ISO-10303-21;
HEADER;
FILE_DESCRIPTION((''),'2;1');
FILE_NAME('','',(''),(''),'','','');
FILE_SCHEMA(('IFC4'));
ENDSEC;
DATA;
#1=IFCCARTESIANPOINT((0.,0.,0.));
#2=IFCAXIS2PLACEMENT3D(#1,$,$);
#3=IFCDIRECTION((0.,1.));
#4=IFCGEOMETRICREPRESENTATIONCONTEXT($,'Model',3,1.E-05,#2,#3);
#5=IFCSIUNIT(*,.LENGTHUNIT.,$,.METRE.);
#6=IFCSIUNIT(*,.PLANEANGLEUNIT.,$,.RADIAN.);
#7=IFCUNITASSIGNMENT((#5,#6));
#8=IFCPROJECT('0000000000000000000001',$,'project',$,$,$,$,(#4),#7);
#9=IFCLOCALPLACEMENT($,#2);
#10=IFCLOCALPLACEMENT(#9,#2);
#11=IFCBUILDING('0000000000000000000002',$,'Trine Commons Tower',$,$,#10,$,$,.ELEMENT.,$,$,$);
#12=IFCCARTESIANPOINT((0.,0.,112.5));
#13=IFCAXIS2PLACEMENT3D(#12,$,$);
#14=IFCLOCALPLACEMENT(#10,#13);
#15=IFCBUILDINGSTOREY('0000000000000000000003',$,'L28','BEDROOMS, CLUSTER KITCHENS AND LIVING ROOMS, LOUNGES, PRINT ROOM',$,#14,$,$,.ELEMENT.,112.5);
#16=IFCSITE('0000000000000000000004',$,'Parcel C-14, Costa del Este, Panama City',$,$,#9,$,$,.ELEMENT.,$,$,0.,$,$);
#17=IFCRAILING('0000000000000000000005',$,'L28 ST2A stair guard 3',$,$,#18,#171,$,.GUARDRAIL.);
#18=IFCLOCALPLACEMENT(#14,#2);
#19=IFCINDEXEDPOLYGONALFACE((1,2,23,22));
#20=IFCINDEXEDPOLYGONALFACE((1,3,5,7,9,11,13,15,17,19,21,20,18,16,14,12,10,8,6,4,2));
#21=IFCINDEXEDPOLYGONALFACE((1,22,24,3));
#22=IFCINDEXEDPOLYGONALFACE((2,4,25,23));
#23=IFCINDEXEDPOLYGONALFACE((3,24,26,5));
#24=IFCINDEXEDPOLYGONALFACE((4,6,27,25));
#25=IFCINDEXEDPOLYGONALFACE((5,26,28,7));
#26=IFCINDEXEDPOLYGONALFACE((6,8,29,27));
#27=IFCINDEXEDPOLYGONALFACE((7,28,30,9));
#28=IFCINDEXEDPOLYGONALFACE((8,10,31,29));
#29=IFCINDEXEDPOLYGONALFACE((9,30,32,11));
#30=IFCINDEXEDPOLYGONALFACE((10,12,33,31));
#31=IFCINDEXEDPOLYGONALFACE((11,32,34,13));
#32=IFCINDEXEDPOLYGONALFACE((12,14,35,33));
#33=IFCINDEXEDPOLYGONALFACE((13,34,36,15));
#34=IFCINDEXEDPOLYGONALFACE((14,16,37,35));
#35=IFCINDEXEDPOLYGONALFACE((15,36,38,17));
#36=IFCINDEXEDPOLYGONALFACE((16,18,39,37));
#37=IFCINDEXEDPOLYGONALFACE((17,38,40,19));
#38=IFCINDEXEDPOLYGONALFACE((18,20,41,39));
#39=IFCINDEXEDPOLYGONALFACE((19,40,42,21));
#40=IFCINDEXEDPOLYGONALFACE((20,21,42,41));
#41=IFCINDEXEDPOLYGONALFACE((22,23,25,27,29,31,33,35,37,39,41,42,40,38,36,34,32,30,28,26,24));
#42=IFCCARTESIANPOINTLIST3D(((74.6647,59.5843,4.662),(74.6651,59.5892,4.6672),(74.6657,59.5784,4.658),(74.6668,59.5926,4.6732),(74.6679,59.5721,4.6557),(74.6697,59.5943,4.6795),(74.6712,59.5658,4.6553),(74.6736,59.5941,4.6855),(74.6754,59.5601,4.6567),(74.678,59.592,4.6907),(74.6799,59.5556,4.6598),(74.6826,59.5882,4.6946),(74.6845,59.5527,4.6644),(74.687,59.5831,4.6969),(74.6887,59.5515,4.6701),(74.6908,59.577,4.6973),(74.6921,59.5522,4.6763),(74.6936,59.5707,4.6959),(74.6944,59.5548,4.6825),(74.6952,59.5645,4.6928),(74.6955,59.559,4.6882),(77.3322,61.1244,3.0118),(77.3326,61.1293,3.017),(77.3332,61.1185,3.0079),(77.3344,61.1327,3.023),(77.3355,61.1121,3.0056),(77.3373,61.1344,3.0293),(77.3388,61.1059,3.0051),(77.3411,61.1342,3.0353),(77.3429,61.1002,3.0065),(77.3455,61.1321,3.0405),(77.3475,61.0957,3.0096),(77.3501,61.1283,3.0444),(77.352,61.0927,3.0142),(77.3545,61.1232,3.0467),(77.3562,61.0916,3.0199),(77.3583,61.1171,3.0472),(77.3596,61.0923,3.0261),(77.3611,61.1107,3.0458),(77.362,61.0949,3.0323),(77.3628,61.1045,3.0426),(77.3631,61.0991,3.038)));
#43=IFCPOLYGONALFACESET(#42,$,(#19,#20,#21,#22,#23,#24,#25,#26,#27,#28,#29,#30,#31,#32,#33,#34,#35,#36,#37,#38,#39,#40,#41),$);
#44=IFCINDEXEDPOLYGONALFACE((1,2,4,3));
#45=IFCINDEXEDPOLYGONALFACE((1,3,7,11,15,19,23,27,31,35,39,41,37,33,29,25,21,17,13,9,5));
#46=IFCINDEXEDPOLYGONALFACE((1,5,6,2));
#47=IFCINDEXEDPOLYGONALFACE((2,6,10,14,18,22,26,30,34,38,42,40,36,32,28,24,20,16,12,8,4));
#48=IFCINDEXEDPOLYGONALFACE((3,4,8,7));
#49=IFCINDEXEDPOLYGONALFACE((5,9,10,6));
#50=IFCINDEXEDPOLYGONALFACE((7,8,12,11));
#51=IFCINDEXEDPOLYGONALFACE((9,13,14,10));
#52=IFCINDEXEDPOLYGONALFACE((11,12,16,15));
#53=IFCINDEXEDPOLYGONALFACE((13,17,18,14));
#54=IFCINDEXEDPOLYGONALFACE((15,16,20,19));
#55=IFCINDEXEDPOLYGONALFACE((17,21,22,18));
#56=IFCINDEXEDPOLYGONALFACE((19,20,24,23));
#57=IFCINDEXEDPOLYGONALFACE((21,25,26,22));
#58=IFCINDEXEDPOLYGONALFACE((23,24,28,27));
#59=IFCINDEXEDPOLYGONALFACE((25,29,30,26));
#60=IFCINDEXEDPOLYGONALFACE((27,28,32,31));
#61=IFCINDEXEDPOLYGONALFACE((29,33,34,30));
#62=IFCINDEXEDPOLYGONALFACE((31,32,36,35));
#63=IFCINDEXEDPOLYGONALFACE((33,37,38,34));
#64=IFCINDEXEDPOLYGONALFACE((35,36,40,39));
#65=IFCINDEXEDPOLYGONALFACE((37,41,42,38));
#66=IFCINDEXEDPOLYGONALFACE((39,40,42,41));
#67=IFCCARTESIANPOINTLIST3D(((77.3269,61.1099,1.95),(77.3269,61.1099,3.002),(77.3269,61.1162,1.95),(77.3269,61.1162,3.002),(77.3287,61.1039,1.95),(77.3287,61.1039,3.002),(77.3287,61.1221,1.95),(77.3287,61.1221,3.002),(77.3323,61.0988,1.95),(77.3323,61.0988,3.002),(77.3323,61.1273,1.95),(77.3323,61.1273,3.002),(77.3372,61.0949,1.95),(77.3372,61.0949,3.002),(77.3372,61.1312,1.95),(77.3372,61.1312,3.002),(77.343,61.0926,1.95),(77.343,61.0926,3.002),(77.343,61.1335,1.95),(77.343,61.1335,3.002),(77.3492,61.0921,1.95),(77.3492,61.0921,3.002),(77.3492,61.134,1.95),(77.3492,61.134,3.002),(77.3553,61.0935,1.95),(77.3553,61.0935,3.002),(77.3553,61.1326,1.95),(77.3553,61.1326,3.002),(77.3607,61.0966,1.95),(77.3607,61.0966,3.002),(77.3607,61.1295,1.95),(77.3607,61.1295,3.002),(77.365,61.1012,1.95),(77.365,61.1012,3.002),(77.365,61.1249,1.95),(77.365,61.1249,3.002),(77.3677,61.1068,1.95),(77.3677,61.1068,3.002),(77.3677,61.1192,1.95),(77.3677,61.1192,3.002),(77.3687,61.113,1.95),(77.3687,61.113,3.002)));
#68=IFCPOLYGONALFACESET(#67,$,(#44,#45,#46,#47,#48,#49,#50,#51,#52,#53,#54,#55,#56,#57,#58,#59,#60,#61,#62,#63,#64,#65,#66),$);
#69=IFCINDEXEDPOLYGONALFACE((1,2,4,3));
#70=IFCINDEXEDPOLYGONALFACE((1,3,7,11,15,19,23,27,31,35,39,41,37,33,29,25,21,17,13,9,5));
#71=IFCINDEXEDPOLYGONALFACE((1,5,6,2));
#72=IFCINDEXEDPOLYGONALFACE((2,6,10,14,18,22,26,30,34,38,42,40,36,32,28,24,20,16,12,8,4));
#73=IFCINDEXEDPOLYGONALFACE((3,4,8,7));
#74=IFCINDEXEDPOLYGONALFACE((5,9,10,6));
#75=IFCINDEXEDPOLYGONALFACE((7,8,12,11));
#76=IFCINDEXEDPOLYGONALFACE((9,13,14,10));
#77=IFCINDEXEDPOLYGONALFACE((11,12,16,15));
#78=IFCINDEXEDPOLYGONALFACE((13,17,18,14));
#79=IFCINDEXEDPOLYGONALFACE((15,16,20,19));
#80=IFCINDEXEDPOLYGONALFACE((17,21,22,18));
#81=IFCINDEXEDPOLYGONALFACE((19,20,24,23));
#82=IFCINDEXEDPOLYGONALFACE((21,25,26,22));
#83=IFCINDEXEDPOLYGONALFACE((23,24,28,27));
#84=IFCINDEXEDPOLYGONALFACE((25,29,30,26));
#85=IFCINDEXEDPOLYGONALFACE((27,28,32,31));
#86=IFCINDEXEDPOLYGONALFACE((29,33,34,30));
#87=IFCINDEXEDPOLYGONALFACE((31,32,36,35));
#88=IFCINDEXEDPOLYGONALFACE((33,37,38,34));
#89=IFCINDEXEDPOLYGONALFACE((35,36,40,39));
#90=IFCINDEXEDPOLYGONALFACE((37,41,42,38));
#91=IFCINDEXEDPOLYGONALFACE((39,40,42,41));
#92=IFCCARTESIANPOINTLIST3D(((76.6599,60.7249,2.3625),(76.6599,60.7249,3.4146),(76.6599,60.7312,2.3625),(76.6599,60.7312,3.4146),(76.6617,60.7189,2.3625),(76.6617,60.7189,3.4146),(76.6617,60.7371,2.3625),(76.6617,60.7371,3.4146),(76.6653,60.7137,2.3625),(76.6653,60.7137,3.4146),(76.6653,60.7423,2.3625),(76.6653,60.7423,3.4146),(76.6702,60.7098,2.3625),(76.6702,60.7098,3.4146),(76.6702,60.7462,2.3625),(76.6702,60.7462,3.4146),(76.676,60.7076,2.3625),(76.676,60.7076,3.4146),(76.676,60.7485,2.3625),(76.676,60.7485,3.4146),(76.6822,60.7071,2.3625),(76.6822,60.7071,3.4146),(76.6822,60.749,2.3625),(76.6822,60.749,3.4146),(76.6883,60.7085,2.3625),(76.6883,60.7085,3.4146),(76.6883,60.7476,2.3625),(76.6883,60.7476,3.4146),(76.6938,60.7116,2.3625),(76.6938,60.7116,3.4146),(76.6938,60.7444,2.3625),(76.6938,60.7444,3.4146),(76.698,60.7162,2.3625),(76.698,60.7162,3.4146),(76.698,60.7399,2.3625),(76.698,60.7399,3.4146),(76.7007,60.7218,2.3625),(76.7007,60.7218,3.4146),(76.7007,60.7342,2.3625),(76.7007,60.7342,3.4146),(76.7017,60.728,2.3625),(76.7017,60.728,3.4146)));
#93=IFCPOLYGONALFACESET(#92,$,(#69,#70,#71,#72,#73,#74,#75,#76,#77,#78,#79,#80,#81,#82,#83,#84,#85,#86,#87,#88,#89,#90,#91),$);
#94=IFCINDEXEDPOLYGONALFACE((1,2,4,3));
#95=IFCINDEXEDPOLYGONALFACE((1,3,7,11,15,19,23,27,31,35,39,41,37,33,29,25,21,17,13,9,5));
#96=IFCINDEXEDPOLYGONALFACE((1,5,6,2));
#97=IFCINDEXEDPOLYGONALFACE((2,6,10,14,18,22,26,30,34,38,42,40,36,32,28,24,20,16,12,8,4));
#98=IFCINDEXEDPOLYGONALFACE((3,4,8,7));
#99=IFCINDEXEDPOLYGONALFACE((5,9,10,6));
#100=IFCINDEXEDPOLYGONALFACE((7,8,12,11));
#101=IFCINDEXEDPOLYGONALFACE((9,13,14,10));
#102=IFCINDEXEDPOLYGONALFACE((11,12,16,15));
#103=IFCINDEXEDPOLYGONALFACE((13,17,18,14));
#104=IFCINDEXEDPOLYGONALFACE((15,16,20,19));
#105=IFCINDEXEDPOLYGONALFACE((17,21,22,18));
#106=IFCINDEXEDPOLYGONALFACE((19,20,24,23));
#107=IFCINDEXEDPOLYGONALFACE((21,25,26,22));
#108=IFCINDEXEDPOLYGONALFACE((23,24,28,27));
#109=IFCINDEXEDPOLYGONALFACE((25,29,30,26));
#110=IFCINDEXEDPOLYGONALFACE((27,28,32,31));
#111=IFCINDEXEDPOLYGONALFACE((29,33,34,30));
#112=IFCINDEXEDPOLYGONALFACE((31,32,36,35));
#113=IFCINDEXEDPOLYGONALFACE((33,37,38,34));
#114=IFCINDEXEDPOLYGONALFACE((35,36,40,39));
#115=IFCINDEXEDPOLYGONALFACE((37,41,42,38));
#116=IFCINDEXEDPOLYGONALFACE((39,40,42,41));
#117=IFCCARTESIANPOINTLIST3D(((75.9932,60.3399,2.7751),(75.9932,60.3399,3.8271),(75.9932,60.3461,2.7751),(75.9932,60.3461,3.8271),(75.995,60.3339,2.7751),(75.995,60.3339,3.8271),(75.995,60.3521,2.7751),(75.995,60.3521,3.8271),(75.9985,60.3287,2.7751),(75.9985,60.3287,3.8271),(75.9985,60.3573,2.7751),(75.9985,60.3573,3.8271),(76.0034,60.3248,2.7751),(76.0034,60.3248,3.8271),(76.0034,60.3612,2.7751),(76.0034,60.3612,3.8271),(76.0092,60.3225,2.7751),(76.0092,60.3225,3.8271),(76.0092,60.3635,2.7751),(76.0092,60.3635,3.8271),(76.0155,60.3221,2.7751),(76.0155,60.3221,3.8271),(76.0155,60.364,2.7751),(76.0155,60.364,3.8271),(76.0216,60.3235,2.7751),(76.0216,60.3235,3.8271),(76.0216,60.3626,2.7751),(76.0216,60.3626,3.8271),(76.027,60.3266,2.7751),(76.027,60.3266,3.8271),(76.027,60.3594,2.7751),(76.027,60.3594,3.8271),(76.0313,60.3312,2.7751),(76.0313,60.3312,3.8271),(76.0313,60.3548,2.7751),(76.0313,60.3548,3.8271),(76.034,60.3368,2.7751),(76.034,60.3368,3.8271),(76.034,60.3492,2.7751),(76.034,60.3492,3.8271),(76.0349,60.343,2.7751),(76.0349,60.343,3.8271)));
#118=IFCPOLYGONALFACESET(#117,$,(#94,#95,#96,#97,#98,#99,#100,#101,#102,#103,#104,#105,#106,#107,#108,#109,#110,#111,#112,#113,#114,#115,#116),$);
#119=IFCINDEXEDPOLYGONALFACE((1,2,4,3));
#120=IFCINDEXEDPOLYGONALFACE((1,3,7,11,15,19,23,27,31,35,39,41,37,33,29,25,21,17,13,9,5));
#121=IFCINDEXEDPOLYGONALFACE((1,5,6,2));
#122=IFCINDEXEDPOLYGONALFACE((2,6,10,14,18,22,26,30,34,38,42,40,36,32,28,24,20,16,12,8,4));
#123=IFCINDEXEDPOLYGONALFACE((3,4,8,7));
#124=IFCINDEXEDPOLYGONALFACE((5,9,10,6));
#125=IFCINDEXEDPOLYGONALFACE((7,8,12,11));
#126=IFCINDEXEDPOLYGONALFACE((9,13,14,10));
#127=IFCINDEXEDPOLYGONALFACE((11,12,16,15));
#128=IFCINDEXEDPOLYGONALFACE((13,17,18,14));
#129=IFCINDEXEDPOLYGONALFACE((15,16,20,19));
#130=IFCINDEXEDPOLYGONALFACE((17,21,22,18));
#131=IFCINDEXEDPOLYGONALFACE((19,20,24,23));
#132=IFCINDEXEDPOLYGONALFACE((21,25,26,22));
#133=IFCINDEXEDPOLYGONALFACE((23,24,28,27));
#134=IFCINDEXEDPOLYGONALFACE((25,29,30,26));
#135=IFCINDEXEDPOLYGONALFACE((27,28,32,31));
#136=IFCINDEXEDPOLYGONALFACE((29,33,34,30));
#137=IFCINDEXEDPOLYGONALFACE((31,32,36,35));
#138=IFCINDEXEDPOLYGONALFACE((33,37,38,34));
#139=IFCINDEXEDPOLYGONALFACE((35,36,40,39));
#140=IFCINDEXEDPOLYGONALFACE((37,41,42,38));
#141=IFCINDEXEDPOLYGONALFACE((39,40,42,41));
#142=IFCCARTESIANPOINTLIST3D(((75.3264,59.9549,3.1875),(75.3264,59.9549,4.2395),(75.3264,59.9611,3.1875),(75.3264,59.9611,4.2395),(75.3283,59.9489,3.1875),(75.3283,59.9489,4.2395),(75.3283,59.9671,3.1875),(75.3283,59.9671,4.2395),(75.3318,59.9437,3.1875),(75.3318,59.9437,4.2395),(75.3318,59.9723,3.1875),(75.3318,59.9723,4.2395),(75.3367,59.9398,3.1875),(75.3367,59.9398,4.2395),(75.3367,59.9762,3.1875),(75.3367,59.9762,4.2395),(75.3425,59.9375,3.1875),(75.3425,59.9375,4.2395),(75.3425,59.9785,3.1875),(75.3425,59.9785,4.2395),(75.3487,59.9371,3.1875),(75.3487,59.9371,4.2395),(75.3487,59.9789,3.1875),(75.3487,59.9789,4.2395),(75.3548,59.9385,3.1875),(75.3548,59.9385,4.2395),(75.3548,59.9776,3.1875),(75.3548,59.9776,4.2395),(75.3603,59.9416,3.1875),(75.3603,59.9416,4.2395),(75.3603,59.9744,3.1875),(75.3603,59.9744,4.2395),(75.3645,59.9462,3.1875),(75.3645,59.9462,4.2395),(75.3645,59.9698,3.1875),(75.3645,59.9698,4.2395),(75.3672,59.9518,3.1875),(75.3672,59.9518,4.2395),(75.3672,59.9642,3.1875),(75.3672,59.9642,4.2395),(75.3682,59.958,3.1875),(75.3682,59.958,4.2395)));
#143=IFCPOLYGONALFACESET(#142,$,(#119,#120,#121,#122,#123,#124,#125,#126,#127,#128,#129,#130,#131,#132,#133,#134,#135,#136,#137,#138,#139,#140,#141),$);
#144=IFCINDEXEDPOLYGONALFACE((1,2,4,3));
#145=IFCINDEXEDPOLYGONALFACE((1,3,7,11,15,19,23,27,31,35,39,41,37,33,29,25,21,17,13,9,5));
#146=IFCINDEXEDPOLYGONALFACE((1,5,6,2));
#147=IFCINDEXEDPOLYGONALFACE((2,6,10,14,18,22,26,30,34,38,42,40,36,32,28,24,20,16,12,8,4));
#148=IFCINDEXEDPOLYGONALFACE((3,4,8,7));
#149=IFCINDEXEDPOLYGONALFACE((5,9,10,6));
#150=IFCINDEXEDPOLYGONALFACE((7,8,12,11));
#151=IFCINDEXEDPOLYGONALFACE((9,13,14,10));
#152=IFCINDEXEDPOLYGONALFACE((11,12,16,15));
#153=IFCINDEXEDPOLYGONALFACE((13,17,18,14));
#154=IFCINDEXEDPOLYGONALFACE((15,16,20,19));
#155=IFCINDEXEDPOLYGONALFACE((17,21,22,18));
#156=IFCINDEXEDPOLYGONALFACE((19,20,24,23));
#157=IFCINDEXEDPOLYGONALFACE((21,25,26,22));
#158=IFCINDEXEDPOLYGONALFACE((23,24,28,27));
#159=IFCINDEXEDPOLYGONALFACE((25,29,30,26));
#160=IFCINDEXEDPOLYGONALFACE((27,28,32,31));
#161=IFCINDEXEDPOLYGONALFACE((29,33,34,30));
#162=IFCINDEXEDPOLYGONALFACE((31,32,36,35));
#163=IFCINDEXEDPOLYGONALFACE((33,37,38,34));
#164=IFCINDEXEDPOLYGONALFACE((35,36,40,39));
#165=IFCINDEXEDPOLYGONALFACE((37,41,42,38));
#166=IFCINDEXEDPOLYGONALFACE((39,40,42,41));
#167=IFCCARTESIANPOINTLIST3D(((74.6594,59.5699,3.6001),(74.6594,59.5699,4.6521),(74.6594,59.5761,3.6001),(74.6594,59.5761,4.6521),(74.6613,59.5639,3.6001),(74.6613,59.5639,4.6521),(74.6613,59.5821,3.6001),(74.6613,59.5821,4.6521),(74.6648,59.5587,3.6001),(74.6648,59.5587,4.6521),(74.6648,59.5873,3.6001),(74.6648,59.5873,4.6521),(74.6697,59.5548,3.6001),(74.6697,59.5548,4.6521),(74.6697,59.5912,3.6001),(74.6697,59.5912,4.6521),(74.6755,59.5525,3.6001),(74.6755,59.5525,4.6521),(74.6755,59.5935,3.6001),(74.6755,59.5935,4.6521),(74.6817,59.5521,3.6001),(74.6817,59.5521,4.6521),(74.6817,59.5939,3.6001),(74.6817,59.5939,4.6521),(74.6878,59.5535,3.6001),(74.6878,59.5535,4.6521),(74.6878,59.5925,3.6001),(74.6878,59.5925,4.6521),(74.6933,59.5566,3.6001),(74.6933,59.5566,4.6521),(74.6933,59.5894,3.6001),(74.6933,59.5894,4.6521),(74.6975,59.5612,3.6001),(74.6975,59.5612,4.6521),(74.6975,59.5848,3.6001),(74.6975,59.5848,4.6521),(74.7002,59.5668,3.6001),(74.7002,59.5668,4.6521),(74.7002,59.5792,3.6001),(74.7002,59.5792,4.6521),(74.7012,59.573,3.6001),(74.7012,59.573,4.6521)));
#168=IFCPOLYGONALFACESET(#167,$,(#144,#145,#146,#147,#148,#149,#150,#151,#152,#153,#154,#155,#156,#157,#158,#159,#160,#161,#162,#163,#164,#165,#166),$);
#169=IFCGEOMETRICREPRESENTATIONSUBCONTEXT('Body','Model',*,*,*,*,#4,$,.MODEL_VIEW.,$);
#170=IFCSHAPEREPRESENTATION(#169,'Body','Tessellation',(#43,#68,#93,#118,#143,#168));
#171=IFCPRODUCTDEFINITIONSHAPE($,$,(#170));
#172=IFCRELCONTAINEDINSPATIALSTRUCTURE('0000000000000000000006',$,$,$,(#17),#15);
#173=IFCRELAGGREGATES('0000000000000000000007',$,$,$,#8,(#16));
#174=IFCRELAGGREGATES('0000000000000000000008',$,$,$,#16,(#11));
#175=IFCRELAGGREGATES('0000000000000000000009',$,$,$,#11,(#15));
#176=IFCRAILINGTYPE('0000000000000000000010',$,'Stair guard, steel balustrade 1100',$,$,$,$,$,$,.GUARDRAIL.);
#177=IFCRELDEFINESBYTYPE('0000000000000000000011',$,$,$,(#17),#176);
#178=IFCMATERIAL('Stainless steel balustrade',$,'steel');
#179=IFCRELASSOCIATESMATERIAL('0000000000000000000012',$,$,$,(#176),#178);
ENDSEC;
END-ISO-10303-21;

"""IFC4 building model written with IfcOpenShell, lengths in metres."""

from ifc_helpers import new_model, si_unit, direction, frame, origin, origin_2d, place, context, subcontext, project, spatial, circle, extrude, material, type_object, element, save


model = new_model("IFC4")

# Units and contexts
model_context = context("Model", 3, precision=1e-05, world=origin(), true_north=direction((0.0, 1.0)))
body_context = subcontext(model_context, "Body", "Model", "MODEL_VIEW")
ifc_project = project(units=[si_unit("LENGTHUNIT", "METRE"), si_unit("PLANEANGLEUNIT", "RADIAN")], contexts=[model_context])

# Site, building, storey
site_placement = place(None, origin())
site = spatial("IfcSite", under=ifc_project, at=site_placement, Name="Parcel C-14, Costa del Este, Panama City", CompositionType="ELEMENT", RefElevation=0.0)
building_placement = place(site_placement, origin())
building = spatial("IfcBuilding", under=site, at=building_placement, Name="Trine Commons Tower", CompositionType="ELEMENT")
storey_placement = place(building_placement, frame((0.0, 0.0, 112.5)))
storey = spatial("IfcBuildingStorey", under=building, at=storey_placement, Name="L28", Description="BEDROOMS, CLUSTER KITCHENS AND LIVING ROOMS, LOUNGES, PRINT ROOM", CompositionType="ELEMENT", Elevation=112.5)

# Railing
ifc_material_1 = material(Name="Stainless steel balustrade", Category="steel")
railing_type_1 = type_object("IfcRailingType", Name="Stair guard, steel balustrade 1100", PredefinedType="GUARDRAIL", material=ifc_material_1)
railing_1_placement = place(storey_placement, frame((77.3477, 61.113, 1.95)))
element("IfcRailing", 1, at=railing_1_placement, inside=storey, type_object=railing_type_1, Name="L28 ST2A stair guard 3", PredefinedType="GUARDRAIL", context=body_context, shape_type="SweptSolid", body=[
    extrude(circle(Radius=0.0239, at=origin_2d()), frame((0.0, 0.0, 1.0762), z_axis=(-0.76338, -0.440728, 0.472239), x_axis=(0.499992, -0.86603, 0.0)), (0.0, 0.0, 1.0), 3.4944),
    extrude(circle(Radius=0.021, at=origin_2d()), origin(), (0.0, 0.0, 1.0), 1.052),
    extrude(circle(Radius=0.021, at=origin_2d()), frame((-0.667, -0.385, 0.4126)), (0.0, 0.0, 1.0), 1.052),
    extrude(circle(Radius=0.021, at=origin_2d()), frame((-1.3337, -0.77, 0.8252)), (0.0, 0.0, 1.0), 1.052),
    extrude(circle(Radius=0.021, at=origin_2d()), frame((-2.0005, -1.155, 1.2375)), (0.0, 0.0, 1.0), 1.052),
    extrude(circle(Radius=0.021, at=origin_2d()), frame((-2.6675, -1.54, 1.6501)), (0.0, 0.0, 1.0), 1.052),
])

save(model, "model.ifc")
